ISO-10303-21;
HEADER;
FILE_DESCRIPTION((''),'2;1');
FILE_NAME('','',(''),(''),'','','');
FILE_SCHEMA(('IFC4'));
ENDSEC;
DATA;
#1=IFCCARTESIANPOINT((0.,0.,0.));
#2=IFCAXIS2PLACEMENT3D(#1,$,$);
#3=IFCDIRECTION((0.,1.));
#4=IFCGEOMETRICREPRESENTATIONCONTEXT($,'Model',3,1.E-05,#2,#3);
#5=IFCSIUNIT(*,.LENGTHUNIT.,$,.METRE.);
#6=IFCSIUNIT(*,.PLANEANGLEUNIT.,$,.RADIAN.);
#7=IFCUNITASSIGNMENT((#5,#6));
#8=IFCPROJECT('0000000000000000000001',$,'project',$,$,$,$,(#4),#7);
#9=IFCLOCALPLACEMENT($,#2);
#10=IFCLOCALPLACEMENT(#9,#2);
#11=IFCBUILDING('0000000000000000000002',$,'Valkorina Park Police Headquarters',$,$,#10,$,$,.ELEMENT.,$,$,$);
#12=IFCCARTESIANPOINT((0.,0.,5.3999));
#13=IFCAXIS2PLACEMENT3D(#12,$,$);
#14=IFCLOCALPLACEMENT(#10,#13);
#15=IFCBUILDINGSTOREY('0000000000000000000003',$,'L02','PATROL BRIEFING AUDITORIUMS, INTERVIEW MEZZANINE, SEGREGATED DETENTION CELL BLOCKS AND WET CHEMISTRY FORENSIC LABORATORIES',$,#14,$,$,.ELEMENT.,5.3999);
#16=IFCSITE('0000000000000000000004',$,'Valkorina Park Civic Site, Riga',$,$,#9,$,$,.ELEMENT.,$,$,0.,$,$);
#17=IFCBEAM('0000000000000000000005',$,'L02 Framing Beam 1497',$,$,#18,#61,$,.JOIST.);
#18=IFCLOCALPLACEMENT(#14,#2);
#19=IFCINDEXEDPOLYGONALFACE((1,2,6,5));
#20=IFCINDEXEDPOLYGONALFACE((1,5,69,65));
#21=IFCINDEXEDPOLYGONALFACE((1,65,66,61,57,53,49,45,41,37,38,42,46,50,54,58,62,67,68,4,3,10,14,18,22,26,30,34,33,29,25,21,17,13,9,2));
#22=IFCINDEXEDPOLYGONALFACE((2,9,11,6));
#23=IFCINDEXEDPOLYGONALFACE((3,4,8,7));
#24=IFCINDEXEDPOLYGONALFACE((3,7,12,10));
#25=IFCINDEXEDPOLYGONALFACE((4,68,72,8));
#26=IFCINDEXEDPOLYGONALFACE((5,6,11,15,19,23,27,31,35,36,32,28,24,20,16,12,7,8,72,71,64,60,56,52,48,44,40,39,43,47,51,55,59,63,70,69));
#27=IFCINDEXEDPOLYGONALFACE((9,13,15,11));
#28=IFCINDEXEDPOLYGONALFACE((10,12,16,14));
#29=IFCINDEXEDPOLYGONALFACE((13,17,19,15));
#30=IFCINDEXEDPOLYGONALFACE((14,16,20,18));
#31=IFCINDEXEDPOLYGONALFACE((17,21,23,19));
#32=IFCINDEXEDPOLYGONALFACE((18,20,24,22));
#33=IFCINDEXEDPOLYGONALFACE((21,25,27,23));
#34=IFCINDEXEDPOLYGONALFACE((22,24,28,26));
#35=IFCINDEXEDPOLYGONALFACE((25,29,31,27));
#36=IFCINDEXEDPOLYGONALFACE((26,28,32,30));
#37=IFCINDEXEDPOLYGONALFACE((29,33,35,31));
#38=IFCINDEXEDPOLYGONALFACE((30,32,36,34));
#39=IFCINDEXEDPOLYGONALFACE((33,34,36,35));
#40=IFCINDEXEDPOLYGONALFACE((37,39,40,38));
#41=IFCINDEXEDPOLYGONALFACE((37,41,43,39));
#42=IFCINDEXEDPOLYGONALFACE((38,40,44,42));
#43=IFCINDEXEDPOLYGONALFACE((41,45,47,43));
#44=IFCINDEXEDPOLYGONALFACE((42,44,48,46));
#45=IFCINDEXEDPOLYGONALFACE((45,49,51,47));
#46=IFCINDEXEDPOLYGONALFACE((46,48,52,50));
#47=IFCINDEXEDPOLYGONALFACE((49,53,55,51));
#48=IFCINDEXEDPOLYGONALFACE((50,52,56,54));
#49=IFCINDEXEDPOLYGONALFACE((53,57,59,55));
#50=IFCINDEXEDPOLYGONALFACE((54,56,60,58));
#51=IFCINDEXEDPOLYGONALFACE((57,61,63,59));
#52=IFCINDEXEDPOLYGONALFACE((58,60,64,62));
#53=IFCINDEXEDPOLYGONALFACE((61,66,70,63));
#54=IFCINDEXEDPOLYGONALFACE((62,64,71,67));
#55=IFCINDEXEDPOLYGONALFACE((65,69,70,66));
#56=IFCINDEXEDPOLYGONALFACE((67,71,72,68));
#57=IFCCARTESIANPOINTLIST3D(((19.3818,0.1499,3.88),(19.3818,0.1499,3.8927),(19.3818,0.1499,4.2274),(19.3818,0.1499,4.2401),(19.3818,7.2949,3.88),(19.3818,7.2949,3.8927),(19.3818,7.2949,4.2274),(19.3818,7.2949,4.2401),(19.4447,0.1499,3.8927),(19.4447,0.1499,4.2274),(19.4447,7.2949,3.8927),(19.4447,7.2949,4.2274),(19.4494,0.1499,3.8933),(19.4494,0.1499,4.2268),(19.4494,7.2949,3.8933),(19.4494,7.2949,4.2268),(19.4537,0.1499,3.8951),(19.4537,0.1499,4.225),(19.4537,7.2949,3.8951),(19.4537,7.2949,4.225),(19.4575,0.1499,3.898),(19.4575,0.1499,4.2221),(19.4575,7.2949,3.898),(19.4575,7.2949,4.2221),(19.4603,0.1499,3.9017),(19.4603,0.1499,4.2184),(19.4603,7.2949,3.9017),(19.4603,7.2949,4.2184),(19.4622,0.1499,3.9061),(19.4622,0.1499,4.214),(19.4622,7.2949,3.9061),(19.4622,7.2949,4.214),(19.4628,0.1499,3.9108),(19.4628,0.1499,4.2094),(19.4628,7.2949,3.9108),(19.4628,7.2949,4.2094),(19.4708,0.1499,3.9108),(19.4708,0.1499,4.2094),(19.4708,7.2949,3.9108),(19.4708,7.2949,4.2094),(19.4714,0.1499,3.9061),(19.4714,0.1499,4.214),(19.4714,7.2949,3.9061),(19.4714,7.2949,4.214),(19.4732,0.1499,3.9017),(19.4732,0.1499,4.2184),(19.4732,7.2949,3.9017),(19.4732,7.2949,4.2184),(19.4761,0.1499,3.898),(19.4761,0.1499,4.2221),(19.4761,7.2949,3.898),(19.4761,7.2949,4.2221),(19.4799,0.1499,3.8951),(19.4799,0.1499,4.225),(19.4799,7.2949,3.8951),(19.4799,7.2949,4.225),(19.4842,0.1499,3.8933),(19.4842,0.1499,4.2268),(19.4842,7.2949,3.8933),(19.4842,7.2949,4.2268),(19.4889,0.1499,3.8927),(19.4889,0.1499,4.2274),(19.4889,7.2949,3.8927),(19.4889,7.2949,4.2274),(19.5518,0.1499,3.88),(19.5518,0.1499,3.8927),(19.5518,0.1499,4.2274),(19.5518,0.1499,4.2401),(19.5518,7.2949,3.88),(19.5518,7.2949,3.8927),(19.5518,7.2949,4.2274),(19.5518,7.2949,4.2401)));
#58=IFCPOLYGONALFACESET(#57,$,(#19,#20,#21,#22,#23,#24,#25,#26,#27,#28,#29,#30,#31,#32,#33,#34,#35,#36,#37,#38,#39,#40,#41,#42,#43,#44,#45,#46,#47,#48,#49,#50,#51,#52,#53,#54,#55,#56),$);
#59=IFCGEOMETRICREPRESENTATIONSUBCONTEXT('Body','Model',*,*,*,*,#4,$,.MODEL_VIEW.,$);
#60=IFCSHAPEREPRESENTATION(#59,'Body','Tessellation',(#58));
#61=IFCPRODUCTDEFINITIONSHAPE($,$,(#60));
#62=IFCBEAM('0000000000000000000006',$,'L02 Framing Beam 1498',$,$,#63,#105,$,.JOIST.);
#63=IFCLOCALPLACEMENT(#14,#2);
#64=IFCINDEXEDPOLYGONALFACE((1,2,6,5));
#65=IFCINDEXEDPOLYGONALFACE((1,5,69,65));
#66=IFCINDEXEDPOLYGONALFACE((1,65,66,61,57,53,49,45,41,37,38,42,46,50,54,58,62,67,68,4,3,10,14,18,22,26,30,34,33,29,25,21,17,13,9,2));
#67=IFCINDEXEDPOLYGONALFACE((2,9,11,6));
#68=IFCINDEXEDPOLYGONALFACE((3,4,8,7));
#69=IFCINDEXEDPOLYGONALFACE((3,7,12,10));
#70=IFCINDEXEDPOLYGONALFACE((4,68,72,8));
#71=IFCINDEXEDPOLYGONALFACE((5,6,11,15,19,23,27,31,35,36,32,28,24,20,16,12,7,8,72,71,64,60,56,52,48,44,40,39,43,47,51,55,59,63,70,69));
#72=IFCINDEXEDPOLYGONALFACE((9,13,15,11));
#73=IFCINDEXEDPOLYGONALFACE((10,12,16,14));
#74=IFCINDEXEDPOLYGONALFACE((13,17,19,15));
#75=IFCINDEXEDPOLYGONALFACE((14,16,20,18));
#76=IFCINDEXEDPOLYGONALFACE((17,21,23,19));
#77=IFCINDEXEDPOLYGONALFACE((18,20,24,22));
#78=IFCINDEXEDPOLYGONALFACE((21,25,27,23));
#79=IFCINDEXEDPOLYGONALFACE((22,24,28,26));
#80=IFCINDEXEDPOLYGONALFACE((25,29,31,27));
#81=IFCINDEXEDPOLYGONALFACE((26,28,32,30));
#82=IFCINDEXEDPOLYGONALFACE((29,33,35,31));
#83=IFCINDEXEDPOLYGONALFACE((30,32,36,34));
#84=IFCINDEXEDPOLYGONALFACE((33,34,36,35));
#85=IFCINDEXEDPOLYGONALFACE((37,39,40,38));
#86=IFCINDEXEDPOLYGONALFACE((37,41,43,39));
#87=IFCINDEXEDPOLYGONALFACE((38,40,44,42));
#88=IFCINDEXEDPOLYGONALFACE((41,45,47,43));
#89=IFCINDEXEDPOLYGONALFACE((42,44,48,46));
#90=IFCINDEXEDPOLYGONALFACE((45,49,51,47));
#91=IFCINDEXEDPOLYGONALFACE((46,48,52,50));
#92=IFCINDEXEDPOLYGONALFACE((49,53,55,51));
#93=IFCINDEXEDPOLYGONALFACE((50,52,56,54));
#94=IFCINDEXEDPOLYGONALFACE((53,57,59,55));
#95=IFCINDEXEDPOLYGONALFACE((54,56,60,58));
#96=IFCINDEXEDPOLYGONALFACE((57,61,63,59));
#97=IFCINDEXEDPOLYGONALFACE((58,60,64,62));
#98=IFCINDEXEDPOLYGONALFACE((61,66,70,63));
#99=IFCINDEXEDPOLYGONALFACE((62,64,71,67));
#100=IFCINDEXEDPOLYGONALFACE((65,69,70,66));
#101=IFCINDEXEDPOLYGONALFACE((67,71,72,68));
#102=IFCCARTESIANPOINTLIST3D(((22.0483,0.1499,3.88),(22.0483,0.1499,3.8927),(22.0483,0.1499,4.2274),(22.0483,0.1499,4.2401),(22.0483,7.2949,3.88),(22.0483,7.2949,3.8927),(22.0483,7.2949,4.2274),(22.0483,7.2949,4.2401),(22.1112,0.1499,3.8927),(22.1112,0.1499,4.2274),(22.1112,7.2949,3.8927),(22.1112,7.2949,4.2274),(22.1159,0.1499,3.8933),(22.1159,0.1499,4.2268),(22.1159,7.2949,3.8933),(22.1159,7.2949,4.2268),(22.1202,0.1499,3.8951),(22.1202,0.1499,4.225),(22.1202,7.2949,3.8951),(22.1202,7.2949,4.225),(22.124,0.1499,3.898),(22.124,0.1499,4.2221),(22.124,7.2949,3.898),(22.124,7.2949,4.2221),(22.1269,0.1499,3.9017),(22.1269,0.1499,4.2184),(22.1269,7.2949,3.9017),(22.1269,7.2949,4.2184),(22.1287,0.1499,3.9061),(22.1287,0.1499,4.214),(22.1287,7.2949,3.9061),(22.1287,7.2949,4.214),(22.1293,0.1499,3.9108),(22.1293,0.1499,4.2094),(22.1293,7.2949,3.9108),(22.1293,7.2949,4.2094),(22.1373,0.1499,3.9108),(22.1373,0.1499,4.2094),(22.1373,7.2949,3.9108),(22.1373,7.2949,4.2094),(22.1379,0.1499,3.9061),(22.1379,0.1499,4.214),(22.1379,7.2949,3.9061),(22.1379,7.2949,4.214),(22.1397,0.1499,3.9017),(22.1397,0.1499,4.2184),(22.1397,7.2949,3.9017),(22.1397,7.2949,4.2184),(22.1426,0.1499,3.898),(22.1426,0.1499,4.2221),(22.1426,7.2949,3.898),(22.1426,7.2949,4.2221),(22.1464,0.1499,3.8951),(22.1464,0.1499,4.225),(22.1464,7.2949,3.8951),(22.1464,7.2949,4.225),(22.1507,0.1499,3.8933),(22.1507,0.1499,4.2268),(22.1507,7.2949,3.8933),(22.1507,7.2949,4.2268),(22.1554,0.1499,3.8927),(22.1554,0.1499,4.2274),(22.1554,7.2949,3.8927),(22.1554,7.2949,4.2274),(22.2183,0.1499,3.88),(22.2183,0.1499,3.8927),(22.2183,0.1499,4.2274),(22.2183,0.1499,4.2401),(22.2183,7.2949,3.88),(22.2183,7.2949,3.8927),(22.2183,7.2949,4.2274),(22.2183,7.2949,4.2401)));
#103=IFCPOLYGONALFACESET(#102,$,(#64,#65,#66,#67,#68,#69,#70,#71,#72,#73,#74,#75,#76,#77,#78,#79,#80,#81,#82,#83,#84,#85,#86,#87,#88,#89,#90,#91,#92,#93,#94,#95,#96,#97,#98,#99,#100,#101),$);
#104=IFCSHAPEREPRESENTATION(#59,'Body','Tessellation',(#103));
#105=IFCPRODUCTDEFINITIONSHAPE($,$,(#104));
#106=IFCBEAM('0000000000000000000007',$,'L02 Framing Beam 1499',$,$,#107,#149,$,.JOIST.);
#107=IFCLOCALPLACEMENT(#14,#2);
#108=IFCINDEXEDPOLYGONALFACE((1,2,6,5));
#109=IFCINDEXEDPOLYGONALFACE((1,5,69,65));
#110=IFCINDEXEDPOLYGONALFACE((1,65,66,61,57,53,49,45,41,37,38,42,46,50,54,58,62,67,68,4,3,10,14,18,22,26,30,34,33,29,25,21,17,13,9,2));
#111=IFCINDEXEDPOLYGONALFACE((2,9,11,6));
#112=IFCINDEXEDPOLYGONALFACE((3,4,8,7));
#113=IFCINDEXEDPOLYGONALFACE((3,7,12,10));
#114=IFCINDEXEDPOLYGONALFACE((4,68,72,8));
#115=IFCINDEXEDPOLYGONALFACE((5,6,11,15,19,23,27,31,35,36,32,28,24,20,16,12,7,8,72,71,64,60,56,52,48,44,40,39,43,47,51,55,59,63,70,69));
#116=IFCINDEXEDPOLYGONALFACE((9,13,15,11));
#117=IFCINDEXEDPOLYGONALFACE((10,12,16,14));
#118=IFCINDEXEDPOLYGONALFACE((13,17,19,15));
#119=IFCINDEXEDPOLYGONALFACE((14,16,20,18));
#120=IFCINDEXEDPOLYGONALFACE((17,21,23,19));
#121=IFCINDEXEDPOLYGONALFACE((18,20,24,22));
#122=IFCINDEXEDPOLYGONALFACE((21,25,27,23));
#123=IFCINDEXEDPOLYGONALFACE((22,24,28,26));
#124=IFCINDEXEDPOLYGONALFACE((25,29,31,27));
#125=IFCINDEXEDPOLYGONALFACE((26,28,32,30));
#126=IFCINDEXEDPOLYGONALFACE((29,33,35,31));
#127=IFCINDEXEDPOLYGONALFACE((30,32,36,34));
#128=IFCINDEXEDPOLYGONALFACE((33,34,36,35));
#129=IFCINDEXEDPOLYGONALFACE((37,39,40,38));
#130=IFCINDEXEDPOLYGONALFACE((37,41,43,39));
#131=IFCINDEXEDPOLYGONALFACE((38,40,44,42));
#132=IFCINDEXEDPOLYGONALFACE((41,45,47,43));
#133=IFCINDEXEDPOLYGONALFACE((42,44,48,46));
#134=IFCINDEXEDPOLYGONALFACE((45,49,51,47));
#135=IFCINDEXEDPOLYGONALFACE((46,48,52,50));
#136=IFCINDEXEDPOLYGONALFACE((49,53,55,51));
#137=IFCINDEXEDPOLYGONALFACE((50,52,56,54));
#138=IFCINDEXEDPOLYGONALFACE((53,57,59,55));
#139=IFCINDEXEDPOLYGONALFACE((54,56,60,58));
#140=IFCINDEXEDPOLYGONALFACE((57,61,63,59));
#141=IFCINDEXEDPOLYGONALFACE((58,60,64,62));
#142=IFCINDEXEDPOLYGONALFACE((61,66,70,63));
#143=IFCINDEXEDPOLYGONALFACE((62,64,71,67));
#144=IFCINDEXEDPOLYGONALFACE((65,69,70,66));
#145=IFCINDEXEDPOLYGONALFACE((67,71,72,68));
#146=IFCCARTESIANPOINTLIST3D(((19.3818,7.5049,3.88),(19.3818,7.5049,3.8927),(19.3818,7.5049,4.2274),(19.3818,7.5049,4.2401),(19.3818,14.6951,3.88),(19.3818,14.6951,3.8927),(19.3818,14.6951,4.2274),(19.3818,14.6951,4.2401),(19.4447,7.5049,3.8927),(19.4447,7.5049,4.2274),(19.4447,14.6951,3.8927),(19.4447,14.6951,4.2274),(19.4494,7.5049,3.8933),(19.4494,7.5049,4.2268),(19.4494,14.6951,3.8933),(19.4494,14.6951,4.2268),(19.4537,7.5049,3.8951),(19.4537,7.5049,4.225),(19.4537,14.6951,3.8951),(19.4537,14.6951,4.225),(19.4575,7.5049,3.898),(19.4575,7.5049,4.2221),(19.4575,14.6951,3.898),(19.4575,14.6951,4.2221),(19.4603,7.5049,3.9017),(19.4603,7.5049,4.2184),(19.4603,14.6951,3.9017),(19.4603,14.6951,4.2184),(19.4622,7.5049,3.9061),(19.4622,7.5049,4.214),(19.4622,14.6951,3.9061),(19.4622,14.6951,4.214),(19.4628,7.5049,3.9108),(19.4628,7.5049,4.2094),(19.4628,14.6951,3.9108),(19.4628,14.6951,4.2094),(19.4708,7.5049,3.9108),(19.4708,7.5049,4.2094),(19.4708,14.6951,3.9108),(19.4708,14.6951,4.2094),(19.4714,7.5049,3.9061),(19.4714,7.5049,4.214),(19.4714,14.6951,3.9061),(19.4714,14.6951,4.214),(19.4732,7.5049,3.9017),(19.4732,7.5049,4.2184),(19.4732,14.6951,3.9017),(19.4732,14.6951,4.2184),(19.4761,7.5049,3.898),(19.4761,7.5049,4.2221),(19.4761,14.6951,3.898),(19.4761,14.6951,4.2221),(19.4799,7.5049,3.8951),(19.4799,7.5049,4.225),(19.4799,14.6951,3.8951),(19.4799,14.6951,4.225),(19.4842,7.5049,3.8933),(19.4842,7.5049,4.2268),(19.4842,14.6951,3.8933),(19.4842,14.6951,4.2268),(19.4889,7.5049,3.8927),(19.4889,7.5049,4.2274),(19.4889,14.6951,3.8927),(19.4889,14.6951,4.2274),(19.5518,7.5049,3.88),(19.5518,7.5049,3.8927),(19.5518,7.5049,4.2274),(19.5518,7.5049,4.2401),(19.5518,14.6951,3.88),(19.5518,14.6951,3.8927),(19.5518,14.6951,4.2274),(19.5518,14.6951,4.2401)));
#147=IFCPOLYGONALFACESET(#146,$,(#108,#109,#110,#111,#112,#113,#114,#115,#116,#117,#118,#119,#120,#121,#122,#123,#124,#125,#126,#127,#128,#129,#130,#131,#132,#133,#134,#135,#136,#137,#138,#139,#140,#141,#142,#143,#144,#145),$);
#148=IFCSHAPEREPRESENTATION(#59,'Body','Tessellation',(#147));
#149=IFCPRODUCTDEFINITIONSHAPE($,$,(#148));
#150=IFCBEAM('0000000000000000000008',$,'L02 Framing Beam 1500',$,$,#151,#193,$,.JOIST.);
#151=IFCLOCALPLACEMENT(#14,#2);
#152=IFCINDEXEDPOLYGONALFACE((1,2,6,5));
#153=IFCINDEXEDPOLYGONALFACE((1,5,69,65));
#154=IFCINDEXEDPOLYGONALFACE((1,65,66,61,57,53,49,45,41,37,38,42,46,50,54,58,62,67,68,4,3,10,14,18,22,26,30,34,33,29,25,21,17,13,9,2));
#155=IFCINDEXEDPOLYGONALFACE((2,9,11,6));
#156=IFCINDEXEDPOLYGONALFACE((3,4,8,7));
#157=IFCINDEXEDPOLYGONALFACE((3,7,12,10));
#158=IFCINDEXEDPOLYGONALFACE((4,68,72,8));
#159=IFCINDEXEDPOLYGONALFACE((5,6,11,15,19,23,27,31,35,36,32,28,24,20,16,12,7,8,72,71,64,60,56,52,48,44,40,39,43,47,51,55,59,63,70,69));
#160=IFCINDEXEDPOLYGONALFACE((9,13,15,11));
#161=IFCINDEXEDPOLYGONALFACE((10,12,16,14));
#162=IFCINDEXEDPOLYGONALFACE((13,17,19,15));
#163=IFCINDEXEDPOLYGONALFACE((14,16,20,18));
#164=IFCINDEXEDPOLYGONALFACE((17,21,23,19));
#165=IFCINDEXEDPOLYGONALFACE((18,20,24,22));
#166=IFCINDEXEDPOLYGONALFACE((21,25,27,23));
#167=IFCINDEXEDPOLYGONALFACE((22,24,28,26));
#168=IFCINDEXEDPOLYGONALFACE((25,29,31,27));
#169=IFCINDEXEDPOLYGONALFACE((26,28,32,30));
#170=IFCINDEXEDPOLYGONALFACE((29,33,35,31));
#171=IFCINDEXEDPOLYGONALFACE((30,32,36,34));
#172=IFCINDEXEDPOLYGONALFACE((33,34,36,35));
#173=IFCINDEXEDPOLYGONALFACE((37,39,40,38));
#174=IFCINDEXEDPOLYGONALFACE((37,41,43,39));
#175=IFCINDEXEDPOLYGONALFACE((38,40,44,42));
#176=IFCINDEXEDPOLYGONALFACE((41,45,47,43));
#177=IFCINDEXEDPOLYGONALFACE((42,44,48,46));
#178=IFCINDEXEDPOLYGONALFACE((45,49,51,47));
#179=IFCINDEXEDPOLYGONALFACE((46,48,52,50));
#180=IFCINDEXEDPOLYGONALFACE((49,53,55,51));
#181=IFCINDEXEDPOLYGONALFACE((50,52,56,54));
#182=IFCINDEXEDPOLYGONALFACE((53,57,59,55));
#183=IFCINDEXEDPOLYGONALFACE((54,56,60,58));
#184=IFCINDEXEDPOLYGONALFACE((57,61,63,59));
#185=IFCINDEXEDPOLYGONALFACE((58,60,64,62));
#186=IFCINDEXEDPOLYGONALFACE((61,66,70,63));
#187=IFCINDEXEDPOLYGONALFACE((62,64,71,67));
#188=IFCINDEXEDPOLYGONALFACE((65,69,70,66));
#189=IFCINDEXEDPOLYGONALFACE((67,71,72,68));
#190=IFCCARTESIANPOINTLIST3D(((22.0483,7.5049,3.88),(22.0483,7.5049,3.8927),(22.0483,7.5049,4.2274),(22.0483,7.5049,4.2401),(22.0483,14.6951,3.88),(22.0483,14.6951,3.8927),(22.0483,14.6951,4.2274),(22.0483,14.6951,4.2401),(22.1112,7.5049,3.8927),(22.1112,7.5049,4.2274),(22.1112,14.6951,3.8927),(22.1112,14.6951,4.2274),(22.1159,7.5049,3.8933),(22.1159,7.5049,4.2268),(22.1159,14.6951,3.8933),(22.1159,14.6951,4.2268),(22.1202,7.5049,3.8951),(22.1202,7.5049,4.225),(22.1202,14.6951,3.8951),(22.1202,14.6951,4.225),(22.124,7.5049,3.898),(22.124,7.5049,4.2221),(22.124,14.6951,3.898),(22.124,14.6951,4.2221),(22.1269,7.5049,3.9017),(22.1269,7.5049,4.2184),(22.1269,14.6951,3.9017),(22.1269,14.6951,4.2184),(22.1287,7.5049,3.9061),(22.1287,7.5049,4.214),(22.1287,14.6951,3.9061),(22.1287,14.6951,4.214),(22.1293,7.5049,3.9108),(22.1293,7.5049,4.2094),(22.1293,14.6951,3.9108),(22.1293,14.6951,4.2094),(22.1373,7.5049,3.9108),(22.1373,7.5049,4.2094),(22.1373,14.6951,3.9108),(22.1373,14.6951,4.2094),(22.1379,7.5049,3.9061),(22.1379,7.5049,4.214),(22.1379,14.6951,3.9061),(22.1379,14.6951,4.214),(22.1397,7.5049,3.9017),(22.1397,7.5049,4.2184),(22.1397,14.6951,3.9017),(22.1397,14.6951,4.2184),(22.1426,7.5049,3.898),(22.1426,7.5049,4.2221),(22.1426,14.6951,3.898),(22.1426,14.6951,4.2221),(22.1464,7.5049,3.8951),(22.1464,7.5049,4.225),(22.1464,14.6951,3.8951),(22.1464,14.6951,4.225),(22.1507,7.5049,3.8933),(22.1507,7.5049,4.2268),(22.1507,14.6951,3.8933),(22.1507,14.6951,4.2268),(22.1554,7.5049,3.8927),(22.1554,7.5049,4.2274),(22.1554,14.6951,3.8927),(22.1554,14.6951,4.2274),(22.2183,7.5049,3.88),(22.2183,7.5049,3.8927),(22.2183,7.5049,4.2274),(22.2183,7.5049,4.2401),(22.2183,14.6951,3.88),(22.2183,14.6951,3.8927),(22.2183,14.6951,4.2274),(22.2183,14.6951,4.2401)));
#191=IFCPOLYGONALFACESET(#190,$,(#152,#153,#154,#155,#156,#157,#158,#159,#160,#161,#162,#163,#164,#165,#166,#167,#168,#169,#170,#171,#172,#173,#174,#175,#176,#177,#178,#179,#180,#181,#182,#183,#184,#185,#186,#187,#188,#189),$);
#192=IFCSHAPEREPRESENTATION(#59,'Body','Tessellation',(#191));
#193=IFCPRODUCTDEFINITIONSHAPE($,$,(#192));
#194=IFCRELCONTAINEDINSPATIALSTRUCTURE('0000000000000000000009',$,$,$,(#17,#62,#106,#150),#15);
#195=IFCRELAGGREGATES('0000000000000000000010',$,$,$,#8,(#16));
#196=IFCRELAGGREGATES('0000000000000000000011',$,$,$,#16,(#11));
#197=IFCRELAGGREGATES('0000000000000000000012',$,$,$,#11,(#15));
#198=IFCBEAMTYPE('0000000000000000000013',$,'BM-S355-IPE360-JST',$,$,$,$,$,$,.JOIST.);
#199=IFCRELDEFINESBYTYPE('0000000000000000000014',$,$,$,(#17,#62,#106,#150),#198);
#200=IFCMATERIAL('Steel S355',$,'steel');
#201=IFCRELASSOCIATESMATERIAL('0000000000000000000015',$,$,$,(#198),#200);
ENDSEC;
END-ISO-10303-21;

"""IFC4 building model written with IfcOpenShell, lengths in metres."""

from ifc_helpers import new_model, si_unit, direction, frame, origin, origin_2d, place, context, subcontext, project, spatial, i_section, extrude, material, material_profile, profile_set, type_object, element, save


model = new_model("IFC4")

# Units and contexts
model_context = context("Model", 3, precision=1e-05, world=origin(), true_north=direction((0.0, 1.0)))
body_context = subcontext(model_context, "Body", "Model", "MODEL_VIEW")
ifc_project = project(units=[si_unit("LENGTHUNIT", "METRE"), si_unit("PLANEANGLEUNIT", "RADIAN")], contexts=[model_context])

# Site, building, storey
site_placement = place(None, origin())
site = spatial("IfcSite", under=ifc_project, at=site_placement, Name="Valkorina Park Civic Site, Riga", CompositionType="ELEMENT", RefElevation=0.0)
building_placement = place(site_placement, origin())
building = spatial("IfcBuilding", under=site, at=building_placement, Name="Valkorina Park Police Headquarters", CompositionType="ELEMENT")
storey_placement = place(building_placement, frame((0.0, 0.0, 5.3999)))
storey = spatial("IfcBuildingStorey", under=building, at=storey_placement, Name="L02", Description="PATROL BRIEFING AUDITORIUMS, INTERVIEW MEZZANINE, SEGREGATED DETENTION CELL BLOCKS AND WET CHEMISTRY FORENSIC LABORATORIES", CompositionType="ELEMENT", Elevation=5.3999)

# Shared definitions
ifc_material_1 = material(Name="Steel S355", Category="steel")

# Beams
ifc_material_profile_1 = material_profile(ifc_material_1, i_section(OverallWidth=0.1699, OverallDepth=0.3601, WebThickness=0.0081, FlangeThickness=0.0127, FilletRadius=0.0181, at=origin_2d()), Name="IPE 360")
ifc_profile_set_1 = profile_set([ifc_material_profile_1], Name="Steel S355")
beam_type_1 = type_object("IfcBeamType", Name="BM-S355-IPE360-JST", PredefinedType="JOIST", material=ifc_profile_set_1)
for number, where, z_axis, x_axis, name in (
    (1, (19.4668, 0.1499, 4.0601), (0.0, 1.0, 0.0), (-1.0, 0.0, 0.0), "L02 Framing Beam 1497"),
    (2, (22.1333, 0.1499, 4.0601), (0.0, 1.0, 0.0), (-1.0, 0.0, 0.0), "L02 Framing Beam 1498"),
):
    element("IfcBeam", number, at=place(storey_placement, frame(where, z_axis=z_axis, x_axis=x_axis)), inside=storey, type_object=beam_type_1, Name=name, PredefinedType="JOIST", context=body_context, shape_type="SweptSolid", body=[
        extrude(i_section(OverallWidth=0.1699, OverallDepth=0.3601, WebThickness=0.0081, FlangeThickness=0.0127, FilletRadius=0.0181, at=origin_2d()), origin(), (0.0, 0.0, 1.0), 7.145),
    ])
for number, where, z_axis, x_axis, name in (
    (3, (19.4668, 7.5049, 4.0601), (0.0, 1.0, 0.0), (-1.0, 0.0, 0.0), "L02 Framing Beam 1499"),
    (4, (22.1333, 7.5049, 4.0601), (0.0, 1.0, 0.0), (-1.0, 0.0, 0.0), "L02 Framing Beam 1500"),
):
    element("IfcBeam", number, at=place(storey_placement, frame(where, z_axis=z_axis, x_axis=x_axis)), inside=storey, type_object=beam_type_1, Name=name, PredefinedType="JOIST", context=body_context, shape_type="SweptSolid", body=[
        extrude(i_section(OverallWidth=0.1699, OverallDepth=0.3601, WebThickness=0.0081, FlangeThickness=0.0127, FilletRadius=0.0181, at=origin_2d()), origin(), (0.0, 0.0, 1.0), 7.1902),
    ])

save(model, "model.ifc")
